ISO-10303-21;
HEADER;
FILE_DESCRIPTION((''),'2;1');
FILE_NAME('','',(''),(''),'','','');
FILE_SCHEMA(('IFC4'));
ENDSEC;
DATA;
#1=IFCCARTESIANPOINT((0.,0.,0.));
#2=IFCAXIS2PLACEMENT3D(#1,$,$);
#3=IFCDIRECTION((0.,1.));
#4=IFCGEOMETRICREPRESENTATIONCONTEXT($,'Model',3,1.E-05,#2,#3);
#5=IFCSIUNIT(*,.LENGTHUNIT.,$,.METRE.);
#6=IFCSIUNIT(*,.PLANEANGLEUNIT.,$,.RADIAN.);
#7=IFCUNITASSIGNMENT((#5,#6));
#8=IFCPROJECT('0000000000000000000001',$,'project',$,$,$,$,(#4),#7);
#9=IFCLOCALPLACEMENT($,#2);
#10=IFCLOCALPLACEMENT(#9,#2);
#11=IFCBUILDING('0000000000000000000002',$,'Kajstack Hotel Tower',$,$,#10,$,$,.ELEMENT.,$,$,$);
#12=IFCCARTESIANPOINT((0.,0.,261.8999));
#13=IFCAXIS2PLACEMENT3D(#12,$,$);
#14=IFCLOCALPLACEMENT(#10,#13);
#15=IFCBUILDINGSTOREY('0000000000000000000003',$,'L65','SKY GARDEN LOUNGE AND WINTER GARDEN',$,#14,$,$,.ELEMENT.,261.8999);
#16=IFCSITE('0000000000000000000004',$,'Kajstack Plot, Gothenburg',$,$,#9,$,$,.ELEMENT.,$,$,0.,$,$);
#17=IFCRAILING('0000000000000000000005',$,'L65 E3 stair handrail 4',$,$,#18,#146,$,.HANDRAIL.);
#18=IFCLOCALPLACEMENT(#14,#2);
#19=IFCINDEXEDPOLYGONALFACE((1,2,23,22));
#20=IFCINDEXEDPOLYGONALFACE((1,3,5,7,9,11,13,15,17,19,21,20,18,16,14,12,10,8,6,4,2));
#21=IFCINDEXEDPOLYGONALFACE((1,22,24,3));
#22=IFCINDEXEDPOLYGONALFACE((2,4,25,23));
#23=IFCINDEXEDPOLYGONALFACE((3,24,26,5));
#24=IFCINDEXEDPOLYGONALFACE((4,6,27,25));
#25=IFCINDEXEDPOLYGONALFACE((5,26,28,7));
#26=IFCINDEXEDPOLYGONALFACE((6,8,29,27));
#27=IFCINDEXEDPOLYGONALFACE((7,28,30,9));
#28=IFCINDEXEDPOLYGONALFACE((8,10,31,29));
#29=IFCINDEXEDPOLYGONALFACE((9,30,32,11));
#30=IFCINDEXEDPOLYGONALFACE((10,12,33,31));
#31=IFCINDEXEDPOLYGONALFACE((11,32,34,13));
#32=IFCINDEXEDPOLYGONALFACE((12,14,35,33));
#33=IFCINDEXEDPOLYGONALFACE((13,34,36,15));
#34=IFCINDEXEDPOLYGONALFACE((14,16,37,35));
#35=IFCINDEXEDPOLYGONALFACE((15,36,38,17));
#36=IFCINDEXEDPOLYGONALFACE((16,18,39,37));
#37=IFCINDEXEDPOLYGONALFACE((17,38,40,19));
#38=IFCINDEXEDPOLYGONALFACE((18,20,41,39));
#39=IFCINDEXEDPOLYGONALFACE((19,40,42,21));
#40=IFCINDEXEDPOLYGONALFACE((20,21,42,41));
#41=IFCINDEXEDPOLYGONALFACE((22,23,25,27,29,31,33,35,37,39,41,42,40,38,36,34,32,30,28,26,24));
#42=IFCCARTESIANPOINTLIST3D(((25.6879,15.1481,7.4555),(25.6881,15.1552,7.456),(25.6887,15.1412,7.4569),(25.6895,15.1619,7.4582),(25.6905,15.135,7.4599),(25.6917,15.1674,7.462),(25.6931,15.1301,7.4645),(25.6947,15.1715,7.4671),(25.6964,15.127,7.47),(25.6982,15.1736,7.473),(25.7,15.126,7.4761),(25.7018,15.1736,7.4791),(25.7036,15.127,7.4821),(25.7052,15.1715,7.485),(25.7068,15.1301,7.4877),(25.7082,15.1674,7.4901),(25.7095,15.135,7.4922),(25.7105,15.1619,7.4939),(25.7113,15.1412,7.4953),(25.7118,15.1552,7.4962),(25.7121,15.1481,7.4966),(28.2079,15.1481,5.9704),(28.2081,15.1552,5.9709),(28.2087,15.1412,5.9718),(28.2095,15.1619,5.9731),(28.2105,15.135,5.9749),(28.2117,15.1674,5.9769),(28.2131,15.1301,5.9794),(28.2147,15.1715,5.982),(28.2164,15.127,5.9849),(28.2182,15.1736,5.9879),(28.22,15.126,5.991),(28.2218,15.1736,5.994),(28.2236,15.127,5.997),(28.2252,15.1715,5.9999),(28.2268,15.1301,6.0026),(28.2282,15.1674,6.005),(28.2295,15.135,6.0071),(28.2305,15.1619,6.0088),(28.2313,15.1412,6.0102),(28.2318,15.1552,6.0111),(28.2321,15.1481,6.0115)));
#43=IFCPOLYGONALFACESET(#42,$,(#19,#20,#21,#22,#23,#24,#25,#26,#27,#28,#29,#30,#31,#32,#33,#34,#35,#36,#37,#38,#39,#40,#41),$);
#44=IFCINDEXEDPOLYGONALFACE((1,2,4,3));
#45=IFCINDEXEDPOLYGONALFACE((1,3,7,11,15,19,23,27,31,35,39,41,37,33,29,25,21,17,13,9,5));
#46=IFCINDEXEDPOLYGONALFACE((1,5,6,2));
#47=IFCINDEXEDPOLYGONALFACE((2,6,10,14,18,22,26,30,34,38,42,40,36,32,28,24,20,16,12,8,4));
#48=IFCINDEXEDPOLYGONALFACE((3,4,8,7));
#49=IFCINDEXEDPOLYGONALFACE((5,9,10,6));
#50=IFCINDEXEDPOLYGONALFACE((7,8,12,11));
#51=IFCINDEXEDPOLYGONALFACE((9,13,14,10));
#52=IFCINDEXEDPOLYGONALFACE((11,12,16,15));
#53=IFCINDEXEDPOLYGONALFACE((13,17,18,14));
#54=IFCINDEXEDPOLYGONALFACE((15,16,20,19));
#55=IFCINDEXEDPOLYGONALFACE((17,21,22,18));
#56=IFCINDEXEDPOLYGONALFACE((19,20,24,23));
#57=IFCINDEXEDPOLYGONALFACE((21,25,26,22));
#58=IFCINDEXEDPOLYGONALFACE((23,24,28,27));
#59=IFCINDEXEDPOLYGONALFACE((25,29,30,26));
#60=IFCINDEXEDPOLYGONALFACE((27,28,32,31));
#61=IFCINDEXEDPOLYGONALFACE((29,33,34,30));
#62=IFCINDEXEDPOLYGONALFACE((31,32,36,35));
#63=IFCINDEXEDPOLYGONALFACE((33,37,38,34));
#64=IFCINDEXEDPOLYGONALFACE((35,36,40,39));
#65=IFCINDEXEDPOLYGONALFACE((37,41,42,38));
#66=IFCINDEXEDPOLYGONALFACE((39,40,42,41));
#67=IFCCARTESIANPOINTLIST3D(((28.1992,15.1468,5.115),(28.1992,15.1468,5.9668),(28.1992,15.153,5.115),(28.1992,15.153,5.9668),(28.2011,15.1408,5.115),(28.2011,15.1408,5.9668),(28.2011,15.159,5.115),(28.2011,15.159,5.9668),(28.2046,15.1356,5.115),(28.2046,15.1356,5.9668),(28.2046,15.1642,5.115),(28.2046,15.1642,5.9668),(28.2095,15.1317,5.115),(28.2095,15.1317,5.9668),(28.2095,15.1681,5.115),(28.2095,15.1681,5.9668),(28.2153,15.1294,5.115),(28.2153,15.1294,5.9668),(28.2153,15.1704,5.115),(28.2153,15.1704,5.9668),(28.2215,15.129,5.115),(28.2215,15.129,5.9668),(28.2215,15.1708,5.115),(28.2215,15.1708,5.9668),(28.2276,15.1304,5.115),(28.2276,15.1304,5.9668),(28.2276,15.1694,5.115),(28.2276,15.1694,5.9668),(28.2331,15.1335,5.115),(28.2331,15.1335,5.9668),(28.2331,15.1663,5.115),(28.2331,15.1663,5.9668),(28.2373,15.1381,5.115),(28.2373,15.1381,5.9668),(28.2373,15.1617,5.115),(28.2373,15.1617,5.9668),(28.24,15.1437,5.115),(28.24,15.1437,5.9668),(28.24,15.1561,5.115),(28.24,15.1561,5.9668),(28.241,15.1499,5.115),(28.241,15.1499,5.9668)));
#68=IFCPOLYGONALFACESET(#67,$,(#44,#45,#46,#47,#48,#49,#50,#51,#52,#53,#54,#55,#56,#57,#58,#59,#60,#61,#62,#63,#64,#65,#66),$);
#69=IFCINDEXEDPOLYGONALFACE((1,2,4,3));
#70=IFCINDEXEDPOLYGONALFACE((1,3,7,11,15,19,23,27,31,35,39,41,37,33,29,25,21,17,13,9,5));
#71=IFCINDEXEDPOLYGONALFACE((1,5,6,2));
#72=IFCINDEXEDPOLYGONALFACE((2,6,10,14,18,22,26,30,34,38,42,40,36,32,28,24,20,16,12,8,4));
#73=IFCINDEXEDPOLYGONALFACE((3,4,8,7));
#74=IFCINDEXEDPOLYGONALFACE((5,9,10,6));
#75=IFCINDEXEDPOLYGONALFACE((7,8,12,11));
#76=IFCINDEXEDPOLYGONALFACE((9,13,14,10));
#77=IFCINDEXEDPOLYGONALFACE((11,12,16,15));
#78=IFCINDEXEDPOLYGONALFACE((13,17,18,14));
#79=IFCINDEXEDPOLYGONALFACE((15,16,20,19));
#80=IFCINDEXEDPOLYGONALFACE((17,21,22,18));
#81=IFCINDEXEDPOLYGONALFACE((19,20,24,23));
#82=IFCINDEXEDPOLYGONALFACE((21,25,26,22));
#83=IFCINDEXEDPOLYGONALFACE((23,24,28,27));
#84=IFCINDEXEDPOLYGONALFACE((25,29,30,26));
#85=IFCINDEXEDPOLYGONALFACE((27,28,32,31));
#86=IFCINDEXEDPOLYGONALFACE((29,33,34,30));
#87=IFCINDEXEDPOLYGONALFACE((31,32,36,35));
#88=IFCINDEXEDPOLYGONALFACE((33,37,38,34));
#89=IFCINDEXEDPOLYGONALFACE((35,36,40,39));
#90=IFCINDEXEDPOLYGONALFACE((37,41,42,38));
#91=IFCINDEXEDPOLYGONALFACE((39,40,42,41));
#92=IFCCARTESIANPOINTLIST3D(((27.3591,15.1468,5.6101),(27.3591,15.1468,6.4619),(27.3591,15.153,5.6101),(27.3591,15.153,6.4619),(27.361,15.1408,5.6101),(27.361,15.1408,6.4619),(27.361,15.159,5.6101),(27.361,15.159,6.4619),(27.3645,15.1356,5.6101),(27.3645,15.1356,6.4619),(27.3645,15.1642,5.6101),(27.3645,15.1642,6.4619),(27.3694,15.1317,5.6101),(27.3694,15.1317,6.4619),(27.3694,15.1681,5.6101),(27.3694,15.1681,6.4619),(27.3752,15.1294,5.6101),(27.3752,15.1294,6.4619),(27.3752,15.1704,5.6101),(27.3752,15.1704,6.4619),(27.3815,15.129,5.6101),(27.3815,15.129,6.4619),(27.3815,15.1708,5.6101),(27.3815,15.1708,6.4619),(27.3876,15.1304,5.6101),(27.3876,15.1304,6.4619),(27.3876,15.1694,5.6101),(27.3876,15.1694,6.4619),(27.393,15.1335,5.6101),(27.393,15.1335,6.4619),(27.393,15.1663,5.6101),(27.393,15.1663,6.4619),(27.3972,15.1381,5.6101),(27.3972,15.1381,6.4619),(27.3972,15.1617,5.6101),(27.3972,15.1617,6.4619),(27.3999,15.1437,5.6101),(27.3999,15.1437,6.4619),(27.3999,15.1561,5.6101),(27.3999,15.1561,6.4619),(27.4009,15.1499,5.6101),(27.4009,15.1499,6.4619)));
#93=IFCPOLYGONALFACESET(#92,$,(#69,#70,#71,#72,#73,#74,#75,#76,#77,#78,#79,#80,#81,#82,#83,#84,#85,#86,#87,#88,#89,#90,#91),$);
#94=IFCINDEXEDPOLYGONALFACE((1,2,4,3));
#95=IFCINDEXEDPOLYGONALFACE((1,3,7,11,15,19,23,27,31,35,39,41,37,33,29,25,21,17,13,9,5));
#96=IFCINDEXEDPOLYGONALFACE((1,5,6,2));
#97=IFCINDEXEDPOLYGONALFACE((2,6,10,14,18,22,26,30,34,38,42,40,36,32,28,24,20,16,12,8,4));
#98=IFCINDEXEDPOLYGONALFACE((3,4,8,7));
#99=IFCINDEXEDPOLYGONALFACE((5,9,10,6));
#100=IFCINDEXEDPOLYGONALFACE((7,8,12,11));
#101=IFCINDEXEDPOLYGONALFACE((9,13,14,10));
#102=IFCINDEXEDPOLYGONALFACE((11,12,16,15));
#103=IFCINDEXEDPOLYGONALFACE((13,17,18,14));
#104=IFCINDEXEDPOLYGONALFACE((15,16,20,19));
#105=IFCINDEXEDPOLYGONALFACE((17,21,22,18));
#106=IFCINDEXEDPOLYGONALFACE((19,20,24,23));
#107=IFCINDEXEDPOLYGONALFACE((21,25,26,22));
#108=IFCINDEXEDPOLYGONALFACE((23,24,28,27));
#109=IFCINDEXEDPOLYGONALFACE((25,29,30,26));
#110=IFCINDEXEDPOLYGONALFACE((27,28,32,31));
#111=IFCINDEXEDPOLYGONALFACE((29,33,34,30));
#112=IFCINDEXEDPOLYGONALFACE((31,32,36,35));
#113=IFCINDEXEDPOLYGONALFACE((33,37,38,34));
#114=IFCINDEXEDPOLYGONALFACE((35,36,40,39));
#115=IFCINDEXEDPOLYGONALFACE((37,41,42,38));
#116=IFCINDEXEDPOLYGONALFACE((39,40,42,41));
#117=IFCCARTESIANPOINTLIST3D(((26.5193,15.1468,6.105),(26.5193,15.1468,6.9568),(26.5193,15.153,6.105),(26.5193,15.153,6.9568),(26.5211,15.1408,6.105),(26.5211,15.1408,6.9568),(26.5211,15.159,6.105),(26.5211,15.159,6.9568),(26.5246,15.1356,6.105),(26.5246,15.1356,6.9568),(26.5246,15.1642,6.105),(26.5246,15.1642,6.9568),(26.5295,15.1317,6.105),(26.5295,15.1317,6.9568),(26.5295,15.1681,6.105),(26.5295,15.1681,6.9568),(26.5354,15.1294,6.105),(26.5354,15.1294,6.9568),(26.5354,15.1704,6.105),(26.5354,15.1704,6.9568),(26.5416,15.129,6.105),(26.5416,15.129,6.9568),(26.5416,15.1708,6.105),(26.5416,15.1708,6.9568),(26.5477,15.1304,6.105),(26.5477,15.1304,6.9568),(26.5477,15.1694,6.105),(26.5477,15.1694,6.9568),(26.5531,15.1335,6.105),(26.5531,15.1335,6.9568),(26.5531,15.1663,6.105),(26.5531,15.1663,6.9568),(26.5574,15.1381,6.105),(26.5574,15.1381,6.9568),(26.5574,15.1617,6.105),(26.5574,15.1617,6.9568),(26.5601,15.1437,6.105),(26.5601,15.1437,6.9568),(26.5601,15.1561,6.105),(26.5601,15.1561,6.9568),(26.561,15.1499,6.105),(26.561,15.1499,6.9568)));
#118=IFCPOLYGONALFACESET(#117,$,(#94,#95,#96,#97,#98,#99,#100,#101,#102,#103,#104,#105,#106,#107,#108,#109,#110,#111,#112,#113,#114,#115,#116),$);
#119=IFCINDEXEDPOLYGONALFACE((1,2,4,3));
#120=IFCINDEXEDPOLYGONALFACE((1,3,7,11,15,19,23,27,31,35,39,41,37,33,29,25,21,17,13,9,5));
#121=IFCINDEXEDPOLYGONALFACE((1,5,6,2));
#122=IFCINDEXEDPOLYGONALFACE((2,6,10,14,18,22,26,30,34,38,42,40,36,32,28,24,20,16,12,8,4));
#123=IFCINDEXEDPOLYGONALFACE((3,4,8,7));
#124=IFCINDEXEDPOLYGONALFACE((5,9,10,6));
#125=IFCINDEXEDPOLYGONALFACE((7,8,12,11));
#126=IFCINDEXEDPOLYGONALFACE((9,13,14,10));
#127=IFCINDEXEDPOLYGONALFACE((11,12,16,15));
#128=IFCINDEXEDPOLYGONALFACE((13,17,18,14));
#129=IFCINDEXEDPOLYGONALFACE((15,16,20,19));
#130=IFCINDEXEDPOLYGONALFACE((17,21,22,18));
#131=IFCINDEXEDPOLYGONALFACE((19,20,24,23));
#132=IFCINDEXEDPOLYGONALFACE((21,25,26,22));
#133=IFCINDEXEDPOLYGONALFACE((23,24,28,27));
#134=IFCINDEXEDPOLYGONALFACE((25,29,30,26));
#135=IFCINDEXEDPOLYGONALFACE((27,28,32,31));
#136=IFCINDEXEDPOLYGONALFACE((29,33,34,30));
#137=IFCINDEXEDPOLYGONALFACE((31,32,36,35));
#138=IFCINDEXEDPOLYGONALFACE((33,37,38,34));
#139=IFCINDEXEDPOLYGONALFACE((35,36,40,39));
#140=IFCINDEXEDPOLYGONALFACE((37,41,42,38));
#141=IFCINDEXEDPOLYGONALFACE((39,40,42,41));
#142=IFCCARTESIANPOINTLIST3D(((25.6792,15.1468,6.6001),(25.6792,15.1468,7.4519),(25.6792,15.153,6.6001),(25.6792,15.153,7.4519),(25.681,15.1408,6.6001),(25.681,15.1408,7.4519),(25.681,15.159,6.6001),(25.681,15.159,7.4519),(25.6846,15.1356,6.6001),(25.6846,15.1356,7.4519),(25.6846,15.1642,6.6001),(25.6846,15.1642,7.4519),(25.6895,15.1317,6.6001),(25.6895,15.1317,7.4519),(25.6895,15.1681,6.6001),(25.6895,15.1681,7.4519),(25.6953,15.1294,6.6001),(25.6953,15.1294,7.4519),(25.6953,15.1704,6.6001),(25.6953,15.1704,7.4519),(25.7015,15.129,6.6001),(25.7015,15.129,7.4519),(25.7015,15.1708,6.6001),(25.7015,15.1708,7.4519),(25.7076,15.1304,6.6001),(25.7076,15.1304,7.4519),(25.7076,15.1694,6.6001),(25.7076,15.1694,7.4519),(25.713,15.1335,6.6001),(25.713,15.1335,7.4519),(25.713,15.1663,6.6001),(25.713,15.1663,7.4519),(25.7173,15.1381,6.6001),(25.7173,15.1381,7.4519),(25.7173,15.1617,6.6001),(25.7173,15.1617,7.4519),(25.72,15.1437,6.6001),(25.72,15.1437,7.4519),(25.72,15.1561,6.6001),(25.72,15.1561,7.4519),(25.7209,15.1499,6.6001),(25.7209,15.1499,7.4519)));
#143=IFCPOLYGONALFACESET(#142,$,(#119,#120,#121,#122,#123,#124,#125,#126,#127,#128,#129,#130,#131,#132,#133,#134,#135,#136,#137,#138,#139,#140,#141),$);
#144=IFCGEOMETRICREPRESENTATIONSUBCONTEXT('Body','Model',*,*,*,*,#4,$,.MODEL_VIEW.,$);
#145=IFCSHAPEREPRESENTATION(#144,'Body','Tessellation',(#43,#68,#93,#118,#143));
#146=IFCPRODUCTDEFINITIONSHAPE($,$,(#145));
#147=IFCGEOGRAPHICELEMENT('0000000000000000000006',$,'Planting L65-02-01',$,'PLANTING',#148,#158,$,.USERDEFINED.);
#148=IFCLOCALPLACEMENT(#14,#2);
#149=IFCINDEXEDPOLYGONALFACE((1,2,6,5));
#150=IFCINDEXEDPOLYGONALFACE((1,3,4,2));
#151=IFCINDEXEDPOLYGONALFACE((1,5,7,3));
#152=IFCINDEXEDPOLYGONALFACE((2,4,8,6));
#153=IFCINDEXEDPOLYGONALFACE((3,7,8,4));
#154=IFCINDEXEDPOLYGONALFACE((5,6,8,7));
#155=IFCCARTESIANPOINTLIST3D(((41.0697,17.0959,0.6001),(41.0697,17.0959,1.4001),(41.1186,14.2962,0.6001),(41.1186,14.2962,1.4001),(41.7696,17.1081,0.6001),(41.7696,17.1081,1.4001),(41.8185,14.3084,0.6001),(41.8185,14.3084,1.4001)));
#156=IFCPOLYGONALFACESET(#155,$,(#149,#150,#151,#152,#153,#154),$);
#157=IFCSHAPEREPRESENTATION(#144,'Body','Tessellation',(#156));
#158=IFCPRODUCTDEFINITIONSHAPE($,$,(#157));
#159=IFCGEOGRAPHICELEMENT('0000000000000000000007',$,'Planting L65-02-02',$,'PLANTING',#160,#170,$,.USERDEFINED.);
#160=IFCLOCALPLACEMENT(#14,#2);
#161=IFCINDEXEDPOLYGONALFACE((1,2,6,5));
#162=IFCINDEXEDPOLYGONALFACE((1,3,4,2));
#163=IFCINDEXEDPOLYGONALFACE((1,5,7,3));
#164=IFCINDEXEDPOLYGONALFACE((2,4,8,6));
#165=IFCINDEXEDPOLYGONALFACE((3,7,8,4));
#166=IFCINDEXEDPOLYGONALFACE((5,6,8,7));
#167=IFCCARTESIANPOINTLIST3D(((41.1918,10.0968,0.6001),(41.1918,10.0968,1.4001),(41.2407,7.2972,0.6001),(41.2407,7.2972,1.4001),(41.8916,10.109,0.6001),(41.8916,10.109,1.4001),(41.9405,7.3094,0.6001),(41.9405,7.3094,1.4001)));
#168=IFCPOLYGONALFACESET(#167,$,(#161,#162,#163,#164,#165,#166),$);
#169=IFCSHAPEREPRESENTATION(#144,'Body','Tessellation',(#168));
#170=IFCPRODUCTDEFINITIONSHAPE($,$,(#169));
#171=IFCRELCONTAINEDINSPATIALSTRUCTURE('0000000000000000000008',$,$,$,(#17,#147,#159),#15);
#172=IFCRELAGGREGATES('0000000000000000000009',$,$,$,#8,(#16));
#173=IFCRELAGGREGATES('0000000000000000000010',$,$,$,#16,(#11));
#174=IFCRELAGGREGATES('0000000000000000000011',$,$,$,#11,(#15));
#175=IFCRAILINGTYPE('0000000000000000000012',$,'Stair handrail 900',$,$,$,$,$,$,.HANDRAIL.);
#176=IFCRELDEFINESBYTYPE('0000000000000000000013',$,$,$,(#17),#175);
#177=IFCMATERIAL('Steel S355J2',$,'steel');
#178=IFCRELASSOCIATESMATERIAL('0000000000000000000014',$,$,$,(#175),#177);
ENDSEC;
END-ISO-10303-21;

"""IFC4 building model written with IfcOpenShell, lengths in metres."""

from ifc_helpers import new_model, si_unit, direction, frame, origin, origin_2d, place, context, subcontext, project, spatial, rectangle, circle, extrude, material, type_object, element, save


model = new_model("IFC4")

# Units and contexts
model_context = context("Model", 3, precision=1e-05, world=origin(), true_north=direction((0.0, 1.0)))
body_context = subcontext(model_context, "Body", "Model", "MODEL_VIEW")
ifc_project = project(units=[si_unit("LENGTHUNIT", "METRE"), si_unit("PLANEANGLEUNIT", "RADIAN")], contexts=[model_context])

# Site, building, storey
site_placement = place(None, origin())
site = spatial("IfcSite", under=ifc_project, at=site_placement, Name="Kajstack Plot, Gothenburg", CompositionType="ELEMENT", RefElevation=0.0)
building_placement = place(site_placement, origin())
building = spatial("IfcBuilding", under=site, at=building_placement, Name="Kajstack Hotel Tower", CompositionType="ELEMENT")
storey_placement = place(building_placement, frame((0.0, 0.0, 261.8999)))
storey = spatial("IfcBuildingStorey", under=building, at=storey_placement, Name="L65", Description="SKY GARDEN LOUNGE AND WINTER GARDEN", CompositionType="ELEMENT", Elevation=261.8999)

# Railing
ifc_material_1 = material(Name="Steel S355J2", Category="steel")
railing_type = type_object("IfcRailingType", Name="Stair handrail 900", PredefinedType="HANDRAIL", material=ifc_material_1)
railing_1_placement = place(storey_placement, frame((28.22, 15.1499, 5.115)))
element("IfcRailing", 1, at=railing_1_placement, inside=storey, type_object=railing_type, Name="L65 E3 stair handrail 4", PredefinedType="HANDRAIL", context=body_context, shape_type="SweptSolid", body=[
    extrude(circle(Radius=0.0239, at=origin_2d()), frame((0.0, 0.0, 0.876), z_axis=(-0.861524, 0.0, 0.507717), x_axis=(0.0, -1.0, 0.0)), (0.0, 0.0, 1.0), 2.925),
    extrude(circle(Radius=0.021, at=origin_2d()), origin(), (0.0, 0.0, 1.0), 0.8518),
    extrude(circle(Radius=0.021, at=origin_2d()), frame((-0.8401, 0.0, 0.4951)), (0.0, 0.0, 1.0), 0.8518),
    extrude(circle(Radius=0.021, at=origin_2d()), frame((-1.6799, 0.0, 0.99)), (0.0, 0.0, 1.0), 0.8518),
    extrude(circle(Radius=0.021, at=origin_2d()), frame((-2.52, 0.0, 1.4851)), (0.0, 0.0, 1.0), 0.8518),
])

# Geographic elements
for number, where, z_axis, x_axis, name in (
    (2, (41.4441, 15.7021, 0.6001), (0.0, 0.0, 1.0), (0.017455, -0.999848, 0.0), "Planting L65-02-01"),
    (3, (41.5662, 8.7031, 0.6001), (0.0, 0.0, 1.0), (0.017455, -0.999848, 0.0), "Planting L65-02-02"),
):
    element("IfcGeographicElement", number, at=place(storey_placement, frame(where, z_axis=z_axis, x_axis=x_axis)), inside=storey, Name=name, ObjectType="PLANTING", PredefinedType="USERDEFINED", context=body_context, shape_type="SweptSolid", body=[
        extrude(rectangle(XDim=2.8, YDim=0.7, at=origin_2d()), origin(), (0.0, 0.0, 1.0), 0.8),
    ])

save(model, "model.ifc")
